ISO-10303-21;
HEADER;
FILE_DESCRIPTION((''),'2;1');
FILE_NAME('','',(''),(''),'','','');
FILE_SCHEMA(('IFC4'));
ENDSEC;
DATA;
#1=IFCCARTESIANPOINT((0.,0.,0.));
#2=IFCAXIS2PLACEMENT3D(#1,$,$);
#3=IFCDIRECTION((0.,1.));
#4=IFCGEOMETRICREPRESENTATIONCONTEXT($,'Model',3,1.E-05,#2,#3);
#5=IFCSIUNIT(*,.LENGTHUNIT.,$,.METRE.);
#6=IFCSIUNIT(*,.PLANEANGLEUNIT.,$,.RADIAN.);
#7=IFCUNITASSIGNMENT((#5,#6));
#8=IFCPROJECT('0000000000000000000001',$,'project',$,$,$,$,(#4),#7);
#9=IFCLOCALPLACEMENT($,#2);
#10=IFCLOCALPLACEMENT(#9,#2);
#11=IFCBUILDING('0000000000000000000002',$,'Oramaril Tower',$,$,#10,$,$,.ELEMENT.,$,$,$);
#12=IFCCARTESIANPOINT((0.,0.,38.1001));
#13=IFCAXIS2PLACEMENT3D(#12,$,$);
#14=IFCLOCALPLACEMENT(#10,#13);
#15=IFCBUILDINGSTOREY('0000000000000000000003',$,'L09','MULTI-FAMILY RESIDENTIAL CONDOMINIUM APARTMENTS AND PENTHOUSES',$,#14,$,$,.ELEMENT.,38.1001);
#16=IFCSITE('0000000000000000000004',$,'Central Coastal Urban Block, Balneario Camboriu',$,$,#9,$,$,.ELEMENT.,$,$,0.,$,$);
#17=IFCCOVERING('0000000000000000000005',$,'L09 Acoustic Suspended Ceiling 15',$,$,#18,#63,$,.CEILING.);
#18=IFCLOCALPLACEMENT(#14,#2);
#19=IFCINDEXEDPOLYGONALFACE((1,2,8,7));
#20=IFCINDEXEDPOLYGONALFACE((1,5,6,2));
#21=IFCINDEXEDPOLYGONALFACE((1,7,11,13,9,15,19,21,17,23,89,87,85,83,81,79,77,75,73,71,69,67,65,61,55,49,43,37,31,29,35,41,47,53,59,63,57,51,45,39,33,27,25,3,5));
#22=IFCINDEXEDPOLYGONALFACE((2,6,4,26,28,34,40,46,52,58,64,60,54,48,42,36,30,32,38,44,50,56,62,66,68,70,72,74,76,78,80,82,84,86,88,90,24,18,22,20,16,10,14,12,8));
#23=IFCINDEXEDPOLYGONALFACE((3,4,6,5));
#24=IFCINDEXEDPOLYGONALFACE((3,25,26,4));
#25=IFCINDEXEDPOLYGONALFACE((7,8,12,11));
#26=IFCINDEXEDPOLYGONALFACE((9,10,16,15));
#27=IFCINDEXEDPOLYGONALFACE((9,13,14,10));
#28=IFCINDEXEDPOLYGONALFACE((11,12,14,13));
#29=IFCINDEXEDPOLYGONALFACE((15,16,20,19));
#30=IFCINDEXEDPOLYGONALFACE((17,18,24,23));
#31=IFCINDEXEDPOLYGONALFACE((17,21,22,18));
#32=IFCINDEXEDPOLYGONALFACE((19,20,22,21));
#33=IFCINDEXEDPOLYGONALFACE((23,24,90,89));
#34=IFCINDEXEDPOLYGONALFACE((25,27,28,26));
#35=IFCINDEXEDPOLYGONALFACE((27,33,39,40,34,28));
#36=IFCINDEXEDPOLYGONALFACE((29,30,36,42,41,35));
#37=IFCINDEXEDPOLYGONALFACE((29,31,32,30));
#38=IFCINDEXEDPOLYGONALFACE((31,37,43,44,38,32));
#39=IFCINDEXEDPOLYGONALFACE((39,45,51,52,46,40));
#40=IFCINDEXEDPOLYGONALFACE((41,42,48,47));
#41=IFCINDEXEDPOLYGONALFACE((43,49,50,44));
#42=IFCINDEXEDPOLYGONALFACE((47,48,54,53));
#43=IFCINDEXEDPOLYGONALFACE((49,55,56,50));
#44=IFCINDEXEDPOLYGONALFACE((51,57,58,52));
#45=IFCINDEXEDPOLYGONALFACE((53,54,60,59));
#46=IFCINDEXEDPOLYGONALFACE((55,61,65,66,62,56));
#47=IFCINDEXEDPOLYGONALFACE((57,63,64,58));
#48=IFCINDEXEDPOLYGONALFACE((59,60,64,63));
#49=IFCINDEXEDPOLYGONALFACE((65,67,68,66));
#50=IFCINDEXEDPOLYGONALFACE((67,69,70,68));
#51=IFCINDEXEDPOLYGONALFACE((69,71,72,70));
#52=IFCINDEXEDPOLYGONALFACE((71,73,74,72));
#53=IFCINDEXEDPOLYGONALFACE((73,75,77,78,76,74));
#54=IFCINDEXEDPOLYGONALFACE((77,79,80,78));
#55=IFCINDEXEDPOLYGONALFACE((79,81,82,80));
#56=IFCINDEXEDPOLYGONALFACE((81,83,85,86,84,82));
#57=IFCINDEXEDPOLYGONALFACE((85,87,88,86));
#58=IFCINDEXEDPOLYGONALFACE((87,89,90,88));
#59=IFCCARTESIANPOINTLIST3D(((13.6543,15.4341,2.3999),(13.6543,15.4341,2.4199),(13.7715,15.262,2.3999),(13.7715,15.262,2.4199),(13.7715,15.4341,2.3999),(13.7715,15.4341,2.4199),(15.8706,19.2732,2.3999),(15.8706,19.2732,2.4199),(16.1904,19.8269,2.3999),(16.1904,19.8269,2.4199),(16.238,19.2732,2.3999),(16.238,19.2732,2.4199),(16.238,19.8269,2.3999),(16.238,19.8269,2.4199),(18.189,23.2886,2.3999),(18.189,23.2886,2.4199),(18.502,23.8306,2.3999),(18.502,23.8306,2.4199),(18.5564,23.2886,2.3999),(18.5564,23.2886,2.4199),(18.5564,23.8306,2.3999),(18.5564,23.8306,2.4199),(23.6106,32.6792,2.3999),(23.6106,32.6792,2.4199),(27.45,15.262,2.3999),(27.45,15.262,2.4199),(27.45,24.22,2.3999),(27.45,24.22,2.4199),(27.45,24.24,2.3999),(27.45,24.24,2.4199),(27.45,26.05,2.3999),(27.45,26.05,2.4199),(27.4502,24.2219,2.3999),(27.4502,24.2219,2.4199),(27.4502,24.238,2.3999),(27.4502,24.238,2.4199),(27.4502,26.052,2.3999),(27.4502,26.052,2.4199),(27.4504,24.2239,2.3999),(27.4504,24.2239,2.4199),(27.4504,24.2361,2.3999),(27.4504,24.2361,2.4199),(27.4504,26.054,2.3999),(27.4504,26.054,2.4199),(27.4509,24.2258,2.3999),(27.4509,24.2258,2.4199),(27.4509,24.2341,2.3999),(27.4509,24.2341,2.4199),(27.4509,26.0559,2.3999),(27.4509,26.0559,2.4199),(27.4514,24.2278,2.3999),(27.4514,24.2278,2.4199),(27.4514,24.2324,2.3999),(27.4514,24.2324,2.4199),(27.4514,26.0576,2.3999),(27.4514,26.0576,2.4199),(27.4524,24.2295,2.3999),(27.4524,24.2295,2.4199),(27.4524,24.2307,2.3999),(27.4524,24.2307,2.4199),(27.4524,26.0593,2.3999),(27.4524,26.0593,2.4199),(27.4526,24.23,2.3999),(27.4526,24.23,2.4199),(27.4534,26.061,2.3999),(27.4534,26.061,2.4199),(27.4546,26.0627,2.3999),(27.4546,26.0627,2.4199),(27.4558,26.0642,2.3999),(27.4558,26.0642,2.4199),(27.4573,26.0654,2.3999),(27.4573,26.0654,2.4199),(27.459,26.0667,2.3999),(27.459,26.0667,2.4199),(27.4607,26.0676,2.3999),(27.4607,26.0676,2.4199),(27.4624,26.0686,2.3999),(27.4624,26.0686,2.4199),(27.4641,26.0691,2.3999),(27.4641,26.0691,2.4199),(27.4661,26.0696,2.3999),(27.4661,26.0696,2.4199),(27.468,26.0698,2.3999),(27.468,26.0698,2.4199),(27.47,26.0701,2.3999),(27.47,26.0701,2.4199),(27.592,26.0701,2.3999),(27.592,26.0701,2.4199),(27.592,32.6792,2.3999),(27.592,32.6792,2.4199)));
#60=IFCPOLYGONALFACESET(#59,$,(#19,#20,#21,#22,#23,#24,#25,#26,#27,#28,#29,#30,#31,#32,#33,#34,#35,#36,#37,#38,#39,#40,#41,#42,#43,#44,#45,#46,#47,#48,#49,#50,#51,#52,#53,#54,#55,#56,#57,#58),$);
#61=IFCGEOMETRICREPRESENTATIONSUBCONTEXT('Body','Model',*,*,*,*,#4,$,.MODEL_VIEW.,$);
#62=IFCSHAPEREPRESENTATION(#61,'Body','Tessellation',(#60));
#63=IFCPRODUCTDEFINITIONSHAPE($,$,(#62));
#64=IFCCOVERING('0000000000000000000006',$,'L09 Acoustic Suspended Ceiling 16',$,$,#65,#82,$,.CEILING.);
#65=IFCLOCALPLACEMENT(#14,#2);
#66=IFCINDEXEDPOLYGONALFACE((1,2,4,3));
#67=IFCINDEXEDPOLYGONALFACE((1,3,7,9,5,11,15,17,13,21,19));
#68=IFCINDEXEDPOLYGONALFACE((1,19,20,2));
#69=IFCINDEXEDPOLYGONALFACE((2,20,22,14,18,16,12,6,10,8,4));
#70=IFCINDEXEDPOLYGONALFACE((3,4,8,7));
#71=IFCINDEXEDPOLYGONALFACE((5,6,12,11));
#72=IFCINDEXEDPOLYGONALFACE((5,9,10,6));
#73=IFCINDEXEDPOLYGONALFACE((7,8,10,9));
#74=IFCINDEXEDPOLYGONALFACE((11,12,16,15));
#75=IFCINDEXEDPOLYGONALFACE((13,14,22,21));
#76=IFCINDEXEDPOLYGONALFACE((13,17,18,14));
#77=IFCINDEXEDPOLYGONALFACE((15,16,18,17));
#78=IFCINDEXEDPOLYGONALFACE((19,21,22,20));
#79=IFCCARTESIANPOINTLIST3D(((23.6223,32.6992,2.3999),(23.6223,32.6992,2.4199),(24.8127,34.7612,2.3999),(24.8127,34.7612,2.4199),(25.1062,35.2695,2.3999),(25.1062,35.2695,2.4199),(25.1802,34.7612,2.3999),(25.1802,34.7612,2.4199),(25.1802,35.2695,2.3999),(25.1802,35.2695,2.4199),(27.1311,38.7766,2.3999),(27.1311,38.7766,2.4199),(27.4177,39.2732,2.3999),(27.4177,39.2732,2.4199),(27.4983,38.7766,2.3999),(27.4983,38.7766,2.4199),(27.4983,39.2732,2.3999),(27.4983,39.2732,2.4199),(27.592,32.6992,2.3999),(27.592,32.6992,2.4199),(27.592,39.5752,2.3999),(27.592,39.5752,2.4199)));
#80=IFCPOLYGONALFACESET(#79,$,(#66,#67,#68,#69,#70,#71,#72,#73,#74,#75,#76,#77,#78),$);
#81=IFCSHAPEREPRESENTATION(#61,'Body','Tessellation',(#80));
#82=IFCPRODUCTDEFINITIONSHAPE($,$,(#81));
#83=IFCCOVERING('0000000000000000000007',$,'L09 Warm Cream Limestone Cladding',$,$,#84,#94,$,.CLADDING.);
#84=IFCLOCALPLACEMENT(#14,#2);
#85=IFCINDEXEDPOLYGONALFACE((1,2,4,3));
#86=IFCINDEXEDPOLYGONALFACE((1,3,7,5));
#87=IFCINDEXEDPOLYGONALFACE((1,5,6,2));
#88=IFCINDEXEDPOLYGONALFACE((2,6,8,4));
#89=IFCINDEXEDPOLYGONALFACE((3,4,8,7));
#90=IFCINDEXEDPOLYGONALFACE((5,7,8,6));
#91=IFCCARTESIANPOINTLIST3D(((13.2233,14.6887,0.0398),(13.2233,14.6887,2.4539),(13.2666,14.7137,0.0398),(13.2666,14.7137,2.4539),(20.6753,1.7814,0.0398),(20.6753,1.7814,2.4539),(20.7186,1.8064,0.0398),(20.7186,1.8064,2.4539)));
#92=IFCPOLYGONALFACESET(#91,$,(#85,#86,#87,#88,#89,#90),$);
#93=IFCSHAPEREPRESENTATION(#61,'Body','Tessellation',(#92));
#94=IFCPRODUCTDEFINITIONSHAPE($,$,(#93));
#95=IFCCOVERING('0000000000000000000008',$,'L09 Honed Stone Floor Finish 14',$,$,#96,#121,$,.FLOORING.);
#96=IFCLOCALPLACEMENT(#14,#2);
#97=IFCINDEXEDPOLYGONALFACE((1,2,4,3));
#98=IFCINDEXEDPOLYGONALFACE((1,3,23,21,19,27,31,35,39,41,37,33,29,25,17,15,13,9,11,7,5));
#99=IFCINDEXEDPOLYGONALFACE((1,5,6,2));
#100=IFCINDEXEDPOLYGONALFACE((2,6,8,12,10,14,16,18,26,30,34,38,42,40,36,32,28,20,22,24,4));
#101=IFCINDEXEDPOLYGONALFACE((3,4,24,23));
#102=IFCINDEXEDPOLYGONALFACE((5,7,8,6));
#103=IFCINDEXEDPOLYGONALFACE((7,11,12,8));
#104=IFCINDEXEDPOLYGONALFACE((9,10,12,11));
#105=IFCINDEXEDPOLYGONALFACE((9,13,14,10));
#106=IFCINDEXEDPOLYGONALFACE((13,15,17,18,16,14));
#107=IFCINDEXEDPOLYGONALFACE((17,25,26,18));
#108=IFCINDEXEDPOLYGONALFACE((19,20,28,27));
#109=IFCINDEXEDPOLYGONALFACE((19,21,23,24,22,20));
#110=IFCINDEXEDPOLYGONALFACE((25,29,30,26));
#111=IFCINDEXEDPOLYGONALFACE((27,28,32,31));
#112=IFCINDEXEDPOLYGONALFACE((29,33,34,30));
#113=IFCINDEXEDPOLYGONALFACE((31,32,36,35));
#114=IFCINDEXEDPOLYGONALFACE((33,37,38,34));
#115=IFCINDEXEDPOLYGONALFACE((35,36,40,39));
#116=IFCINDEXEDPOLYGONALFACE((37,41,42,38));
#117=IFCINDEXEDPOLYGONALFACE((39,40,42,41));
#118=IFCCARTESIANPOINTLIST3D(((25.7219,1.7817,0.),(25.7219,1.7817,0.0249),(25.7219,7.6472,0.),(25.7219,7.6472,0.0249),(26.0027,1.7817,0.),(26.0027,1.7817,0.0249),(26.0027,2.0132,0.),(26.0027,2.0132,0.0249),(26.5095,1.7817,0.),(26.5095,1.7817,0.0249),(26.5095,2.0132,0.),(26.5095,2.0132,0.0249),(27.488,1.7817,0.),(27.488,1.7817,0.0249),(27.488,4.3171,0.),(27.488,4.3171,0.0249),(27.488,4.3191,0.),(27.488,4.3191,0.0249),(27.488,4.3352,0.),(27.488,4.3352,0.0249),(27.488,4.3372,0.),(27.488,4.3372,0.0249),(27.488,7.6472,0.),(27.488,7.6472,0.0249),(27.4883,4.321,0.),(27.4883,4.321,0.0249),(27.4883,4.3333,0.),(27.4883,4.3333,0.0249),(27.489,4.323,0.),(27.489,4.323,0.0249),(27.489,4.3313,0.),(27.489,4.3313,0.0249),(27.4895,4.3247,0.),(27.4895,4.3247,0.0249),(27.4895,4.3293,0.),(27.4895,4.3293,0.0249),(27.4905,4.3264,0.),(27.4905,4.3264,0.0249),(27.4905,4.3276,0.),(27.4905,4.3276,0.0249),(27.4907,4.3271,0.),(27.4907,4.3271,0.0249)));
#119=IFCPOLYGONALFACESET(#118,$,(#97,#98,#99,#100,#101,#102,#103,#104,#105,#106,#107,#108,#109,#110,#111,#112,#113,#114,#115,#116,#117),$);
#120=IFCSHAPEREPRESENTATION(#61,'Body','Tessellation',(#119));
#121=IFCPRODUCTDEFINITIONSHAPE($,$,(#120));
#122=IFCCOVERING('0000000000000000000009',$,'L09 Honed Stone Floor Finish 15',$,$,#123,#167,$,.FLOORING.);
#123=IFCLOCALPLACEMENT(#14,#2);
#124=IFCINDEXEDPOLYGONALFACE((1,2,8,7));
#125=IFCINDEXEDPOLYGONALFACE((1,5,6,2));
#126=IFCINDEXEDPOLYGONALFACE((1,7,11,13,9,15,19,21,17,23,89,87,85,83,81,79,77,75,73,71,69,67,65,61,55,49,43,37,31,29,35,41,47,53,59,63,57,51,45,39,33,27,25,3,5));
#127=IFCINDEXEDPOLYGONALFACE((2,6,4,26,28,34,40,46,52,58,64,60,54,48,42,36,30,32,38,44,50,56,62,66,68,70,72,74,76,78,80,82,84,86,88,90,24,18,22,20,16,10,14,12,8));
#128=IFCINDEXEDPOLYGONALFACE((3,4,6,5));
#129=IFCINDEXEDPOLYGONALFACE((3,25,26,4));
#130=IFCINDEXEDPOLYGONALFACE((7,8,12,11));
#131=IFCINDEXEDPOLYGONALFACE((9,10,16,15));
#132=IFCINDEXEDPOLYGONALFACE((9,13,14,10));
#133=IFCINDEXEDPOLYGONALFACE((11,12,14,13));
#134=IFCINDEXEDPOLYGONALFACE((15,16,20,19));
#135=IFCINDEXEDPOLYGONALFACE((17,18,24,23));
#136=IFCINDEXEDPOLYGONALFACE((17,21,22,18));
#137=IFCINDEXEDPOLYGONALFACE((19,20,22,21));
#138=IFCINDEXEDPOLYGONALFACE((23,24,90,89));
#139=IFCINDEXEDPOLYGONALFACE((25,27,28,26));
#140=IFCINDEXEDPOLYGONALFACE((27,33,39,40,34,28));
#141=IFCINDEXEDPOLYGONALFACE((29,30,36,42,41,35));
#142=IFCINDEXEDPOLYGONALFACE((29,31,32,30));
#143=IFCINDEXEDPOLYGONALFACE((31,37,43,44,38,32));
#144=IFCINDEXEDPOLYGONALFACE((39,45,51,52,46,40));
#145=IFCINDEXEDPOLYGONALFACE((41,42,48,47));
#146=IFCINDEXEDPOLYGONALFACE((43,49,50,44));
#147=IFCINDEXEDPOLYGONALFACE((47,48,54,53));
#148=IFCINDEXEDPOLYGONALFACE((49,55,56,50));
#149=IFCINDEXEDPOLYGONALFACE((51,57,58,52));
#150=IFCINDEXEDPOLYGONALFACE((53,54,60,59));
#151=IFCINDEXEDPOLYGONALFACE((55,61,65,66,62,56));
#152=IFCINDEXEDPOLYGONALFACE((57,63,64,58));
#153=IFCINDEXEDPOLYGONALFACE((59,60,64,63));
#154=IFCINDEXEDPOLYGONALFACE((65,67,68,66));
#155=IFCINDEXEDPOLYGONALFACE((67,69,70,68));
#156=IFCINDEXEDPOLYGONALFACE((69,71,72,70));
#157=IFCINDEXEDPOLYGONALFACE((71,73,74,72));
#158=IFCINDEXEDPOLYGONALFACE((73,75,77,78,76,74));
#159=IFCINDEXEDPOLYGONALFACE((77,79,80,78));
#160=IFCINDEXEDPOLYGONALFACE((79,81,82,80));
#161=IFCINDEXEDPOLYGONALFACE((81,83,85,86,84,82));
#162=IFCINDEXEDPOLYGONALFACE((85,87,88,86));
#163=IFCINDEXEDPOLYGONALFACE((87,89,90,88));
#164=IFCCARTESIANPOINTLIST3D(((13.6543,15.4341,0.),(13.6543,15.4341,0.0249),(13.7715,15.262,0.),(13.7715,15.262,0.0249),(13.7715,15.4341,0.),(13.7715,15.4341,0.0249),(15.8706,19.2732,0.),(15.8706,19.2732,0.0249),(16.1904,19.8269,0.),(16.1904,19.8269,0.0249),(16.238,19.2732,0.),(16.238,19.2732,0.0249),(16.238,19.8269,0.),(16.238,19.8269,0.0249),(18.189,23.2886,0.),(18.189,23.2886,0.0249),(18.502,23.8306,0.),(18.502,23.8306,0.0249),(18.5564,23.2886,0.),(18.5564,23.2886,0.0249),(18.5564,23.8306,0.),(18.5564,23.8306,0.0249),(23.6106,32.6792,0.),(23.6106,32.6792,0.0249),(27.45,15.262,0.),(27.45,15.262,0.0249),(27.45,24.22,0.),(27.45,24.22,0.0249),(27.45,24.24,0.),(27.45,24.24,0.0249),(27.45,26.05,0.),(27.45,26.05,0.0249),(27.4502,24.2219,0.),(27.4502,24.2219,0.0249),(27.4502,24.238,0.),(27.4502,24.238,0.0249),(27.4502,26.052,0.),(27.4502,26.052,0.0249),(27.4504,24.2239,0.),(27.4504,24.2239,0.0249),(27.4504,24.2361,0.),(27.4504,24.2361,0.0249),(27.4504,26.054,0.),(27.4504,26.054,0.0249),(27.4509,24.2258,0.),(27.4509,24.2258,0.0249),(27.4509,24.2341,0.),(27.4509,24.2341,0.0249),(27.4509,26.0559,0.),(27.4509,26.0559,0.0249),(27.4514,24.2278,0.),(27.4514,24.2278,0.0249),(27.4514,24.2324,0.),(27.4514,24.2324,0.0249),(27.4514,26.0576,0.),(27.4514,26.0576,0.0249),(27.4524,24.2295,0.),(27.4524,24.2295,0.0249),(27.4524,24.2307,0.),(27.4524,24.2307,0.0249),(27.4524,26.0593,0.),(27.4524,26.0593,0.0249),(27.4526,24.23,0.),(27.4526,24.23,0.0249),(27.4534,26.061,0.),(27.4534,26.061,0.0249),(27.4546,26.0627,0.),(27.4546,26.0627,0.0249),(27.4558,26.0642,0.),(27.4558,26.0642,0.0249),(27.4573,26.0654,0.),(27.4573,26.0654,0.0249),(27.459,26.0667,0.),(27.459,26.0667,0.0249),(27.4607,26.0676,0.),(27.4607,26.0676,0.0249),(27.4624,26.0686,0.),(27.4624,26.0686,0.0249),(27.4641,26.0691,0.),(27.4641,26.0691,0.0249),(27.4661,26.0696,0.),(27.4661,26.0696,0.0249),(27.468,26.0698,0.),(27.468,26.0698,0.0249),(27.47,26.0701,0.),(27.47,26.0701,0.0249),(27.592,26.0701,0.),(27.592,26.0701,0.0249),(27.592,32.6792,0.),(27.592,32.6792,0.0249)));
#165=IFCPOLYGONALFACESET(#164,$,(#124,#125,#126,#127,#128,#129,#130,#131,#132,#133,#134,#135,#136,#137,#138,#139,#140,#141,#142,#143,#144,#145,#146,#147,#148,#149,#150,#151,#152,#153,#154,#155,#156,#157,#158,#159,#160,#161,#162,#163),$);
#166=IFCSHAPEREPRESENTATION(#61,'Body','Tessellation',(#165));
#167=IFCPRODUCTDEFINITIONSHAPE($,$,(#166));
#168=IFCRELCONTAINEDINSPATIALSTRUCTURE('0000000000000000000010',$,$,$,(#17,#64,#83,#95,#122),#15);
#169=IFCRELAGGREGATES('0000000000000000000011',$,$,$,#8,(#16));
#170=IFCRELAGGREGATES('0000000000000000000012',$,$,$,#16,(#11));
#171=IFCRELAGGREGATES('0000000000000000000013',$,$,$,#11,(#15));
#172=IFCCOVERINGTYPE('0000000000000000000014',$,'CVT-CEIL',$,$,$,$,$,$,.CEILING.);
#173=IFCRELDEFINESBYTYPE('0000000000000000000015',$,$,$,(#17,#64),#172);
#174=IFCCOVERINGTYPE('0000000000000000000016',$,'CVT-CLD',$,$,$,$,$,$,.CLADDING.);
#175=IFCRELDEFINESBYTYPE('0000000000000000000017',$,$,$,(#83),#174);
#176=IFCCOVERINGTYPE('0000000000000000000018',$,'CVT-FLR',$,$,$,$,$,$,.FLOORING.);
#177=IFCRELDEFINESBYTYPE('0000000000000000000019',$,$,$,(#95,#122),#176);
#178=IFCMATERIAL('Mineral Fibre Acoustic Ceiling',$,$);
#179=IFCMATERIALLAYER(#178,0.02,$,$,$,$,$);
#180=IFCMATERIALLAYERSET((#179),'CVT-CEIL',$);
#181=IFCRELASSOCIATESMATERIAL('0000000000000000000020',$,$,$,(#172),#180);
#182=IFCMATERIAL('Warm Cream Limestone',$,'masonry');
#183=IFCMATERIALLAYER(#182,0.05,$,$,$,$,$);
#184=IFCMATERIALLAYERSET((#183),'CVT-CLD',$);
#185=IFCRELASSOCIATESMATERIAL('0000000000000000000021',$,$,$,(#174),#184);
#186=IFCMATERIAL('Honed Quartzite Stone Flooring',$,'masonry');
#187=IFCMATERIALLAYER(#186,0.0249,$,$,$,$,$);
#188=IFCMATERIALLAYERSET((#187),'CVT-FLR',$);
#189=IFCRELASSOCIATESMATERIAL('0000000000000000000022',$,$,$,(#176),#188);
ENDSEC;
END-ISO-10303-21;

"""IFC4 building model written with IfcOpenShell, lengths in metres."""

from ifc_helpers import new_model, si_unit, direction, frame, origin, origin_2d, place, context, subcontext, project, spatial, polyline, rectangle, outline, extrude, material, layer, layer_set, type_object, element, save


model = new_model("IFC4")

# Units and contexts
model_context = context("Model", 3, precision=1e-05, world=origin(), true_north=direction((0.0, 1.0)))
body_context = subcontext(model_context, "Body", "Model", "MODEL_VIEW")
ifc_project = project(units=[si_unit("LENGTHUNIT", "METRE"), si_unit("PLANEANGLEUNIT", "RADIAN")], contexts=[model_context])

# Site, building, storey
site_placement = place(None, origin())
site = spatial("IfcSite", under=ifc_project, at=site_placement, Name="Central Coastal Urban Block, Balneario Camboriu", CompositionType="ELEMENT", RefElevation=0.0)
building_placement = place(site_placement, origin())
building = spatial("IfcBuilding", under=site, at=building_placement, Name="Oramaril Tower", CompositionType="ELEMENT")
storey_placement = place(building_placement, frame((0.0, 0.0, 38.1001)))
storey = spatial("IfcBuildingStorey", under=building, at=storey_placement, Name="L09", Description="MULTI-FAMILY RESIDENTIAL CONDOMINIUM APARTMENTS AND PENTHOUSES", CompositionType="ELEMENT", Elevation=38.1001)

# Coverings
ifc_material_1 = material(Name="Mineral Fibre Acoustic Ceiling")
ifc_layer_1 = layer(ifc_material_1, 0.02)
ifc_layer_set_1 = layer_set([ifc_layer_1], Name="CVT-CEIL")
covering_type_1 = type_object("IfcCoveringType", Name="CVT-CEIL", PredefinedType="CEILING", material=ifc_layer_set_1)
covering_1_placement = place(storey_placement, frame((0.0, 0.0, 2.3999)))
element("IfcCovering", 1, at=covering_1_placement, inside=storey, type_object=covering_type_1, Name="L09 Acoustic Suspended Ceiling 15", PredefinedType="CEILING", context=body_context, shape_type="SweptSolid", body=[
    extrude(outline(polyline([(13.7715, 15.4341), (13.6543, 15.4341), (15.8706, 19.2732), (16.238, 19.2732), (16.238, 19.8269), (16.1904, 19.8269), (18.189, 23.2886), (18.5564, 23.2886), (18.5564, 23.8306), (18.502, 23.8306), (23.6106, 32.6792), (27.592, 32.6792), (27.592, 26.0701), (27.47, 26.0701), (27.468, 26.0698), (27.4661, 26.0696), (27.4641, 26.0691), (27.4624, 26.0686), (27.4607, 26.0676), (27.459, 26.0667), (27.4573, 26.0654), (27.4558, 26.0642), (27.4546, 26.0627), (27.4534, 26.061), (27.4524, 26.0593), (27.4514, 26.0576), (27.4509, 26.0559), (27.4504, 26.054), (27.4502, 26.052), (27.45, 26.05), (27.45, 24.24), (27.4502, 24.238), (27.4504, 24.2361), (27.4509, 24.2341), (27.4514, 24.2324), (27.4524, 24.2307), (27.4526, 24.23), (27.4524, 24.2295), (27.4514, 24.2278), (27.4509, 24.2258), (27.4504, 24.2239), (27.4502, 24.2219), (27.45, 24.22), (27.45, 15.262), (13.7715, 15.262), (13.7715, 15.4341)])), origin(), (0.0, 0.0, 1.0), 0.02),
])
covering_2_placement = place(storey_placement, frame((0.0, 0.0, 2.3999)))
element("IfcCovering", 2, at=covering_2_placement, inside=storey, type_object=covering_type_1, Name="L09 Acoustic Suspended Ceiling 16", PredefinedType="CEILING", context=body_context, shape_type="SweptSolid", body=[
    extrude(outline(polyline([(24.8127, 34.7612), (25.1802, 34.7612), (25.1802, 35.2695), (25.1062, 35.2695), (27.1311, 38.7766), (27.4983, 38.7766), (27.4983, 39.2732), (27.4177, 39.2732), (27.592, 39.5752), (27.592, 32.6992), (23.6223, 32.6992), (24.8127, 34.7612)])), origin(), (0.0, 0.0, 1.0), 0.02),
])
ifc_material_2 = material(Name="Warm Cream Limestone", Category="masonry")
ifc_layer_2 = layer(ifc_material_2, 0.05)
ifc_layer_set_2 = layer_set([ifc_layer_2], Name="CVT-CLD")
covering_type_2 = type_object("IfcCoveringType", Name="CVT-CLD", PredefinedType="CLADDING", material=ifc_layer_set_2)
covering_3_placement = place(storey_placement, frame((16.9709, 8.2476, 0.0398), z_axis=(0.0, 0.0, 1.0), x_axis=(0.499995, -0.866028, 0.0)))
element("IfcCovering", 3, at=covering_3_placement, inside=storey, type_object=covering_type_2, Name="L09 Warm Cream Limestone Cladding", PredefinedType="CLADDING", context=body_context, shape_type="SweptSolid", body=[
    extrude(rectangle(XDim=14.9041, YDim=0.05, at=origin_2d()), origin(), (0.0, 0.0, 1.0), 2.4141),
])
ifc_material_3 = material(Name="Honed Quartzite Stone Flooring", Category="masonry")
ifc_layer_3 = layer(ifc_material_3, 0.0249)
ifc_layer_set_3 = layer_set([ifc_layer_3], Name="CVT-FLR")
covering_type_3 = type_object("IfcCoveringType", Name="CVT-FLR", PredefinedType="FLOORING", material=ifc_layer_set_3)
covering_4_placement = place(storey_placement, origin())
element("IfcCovering", 4, at=covering_4_placement, inside=storey, type_object=covering_type_3, Name="L09 Honed Stone Floor Finish 14", PredefinedType="FLOORING", context=body_context, shape_type="SweptSolid", body=[
    extrude(outline(polyline([(26.5095, 1.7817), (26.5095, 2.0132), (26.0027, 2.0132), (26.0027, 1.7817), (25.7219, 1.7817), (25.7219, 7.6472), (27.488, 7.6472), (27.488, 4.3372), (27.488, 4.3352), (27.4883, 4.3333), (27.489, 4.3313), (27.4895, 4.3293), (27.4905, 4.3276), (27.4907, 4.3271), (27.4905, 4.3264), (27.4895, 4.3247), (27.489, 4.323), (27.4883, 4.321), (27.488, 4.3191), (27.488, 4.3171), (27.488, 1.7817), (26.5095, 1.7817)])), origin(), (0.0, 0.0, 1.0), 0.0249),
])
covering_5_placement = place(storey_placement, origin())
element("IfcCovering", 5, at=covering_5_placement, inside=storey, type_object=covering_type_3, Name="L09 Honed Stone Floor Finish 15", PredefinedType="FLOORING", context=body_context, shape_type="SweptSolid", body=[
    extrude(outline(polyline([(13.7715, 15.4341), (13.6543, 15.4341), (15.8706, 19.2732), (16.238, 19.2732), (16.238, 19.8269), (16.1904, 19.8269), (18.189, 23.2886), (18.5564, 23.2886), (18.5564, 23.8306), (18.502, 23.8306), (23.6106, 32.6792), (27.592, 32.6792), (27.592, 26.0701), (27.47, 26.0701), (27.468, 26.0698), (27.4661, 26.0696), (27.4641, 26.0691), (27.4624, 26.0686), (27.4607, 26.0676), (27.459, 26.0667), (27.4573, 26.0654), (27.4558, 26.0642), (27.4546, 26.0627), (27.4534, 26.061), (27.4524, 26.0593), (27.4514, 26.0576), (27.4509, 26.0559), (27.4504, 26.054), (27.4502, 26.052), (27.45, 26.05), (27.45, 24.24), (27.4502, 24.238), (27.4504, 24.2361), (27.4509, 24.2341), (27.4514, 24.2324), (27.4524, 24.2307), (27.4526, 24.23), (27.4524, 24.2295), (27.4514, 24.2278), (27.4509, 24.2258), (27.4504, 24.2239), (27.4502, 24.2219), (27.45, 24.22), (27.45, 15.262), (13.7715, 15.262), (13.7715, 15.4341)])), origin(), (0.0, 0.0, 1.0), 0.0249),
])

save(model, "model.ifc")
